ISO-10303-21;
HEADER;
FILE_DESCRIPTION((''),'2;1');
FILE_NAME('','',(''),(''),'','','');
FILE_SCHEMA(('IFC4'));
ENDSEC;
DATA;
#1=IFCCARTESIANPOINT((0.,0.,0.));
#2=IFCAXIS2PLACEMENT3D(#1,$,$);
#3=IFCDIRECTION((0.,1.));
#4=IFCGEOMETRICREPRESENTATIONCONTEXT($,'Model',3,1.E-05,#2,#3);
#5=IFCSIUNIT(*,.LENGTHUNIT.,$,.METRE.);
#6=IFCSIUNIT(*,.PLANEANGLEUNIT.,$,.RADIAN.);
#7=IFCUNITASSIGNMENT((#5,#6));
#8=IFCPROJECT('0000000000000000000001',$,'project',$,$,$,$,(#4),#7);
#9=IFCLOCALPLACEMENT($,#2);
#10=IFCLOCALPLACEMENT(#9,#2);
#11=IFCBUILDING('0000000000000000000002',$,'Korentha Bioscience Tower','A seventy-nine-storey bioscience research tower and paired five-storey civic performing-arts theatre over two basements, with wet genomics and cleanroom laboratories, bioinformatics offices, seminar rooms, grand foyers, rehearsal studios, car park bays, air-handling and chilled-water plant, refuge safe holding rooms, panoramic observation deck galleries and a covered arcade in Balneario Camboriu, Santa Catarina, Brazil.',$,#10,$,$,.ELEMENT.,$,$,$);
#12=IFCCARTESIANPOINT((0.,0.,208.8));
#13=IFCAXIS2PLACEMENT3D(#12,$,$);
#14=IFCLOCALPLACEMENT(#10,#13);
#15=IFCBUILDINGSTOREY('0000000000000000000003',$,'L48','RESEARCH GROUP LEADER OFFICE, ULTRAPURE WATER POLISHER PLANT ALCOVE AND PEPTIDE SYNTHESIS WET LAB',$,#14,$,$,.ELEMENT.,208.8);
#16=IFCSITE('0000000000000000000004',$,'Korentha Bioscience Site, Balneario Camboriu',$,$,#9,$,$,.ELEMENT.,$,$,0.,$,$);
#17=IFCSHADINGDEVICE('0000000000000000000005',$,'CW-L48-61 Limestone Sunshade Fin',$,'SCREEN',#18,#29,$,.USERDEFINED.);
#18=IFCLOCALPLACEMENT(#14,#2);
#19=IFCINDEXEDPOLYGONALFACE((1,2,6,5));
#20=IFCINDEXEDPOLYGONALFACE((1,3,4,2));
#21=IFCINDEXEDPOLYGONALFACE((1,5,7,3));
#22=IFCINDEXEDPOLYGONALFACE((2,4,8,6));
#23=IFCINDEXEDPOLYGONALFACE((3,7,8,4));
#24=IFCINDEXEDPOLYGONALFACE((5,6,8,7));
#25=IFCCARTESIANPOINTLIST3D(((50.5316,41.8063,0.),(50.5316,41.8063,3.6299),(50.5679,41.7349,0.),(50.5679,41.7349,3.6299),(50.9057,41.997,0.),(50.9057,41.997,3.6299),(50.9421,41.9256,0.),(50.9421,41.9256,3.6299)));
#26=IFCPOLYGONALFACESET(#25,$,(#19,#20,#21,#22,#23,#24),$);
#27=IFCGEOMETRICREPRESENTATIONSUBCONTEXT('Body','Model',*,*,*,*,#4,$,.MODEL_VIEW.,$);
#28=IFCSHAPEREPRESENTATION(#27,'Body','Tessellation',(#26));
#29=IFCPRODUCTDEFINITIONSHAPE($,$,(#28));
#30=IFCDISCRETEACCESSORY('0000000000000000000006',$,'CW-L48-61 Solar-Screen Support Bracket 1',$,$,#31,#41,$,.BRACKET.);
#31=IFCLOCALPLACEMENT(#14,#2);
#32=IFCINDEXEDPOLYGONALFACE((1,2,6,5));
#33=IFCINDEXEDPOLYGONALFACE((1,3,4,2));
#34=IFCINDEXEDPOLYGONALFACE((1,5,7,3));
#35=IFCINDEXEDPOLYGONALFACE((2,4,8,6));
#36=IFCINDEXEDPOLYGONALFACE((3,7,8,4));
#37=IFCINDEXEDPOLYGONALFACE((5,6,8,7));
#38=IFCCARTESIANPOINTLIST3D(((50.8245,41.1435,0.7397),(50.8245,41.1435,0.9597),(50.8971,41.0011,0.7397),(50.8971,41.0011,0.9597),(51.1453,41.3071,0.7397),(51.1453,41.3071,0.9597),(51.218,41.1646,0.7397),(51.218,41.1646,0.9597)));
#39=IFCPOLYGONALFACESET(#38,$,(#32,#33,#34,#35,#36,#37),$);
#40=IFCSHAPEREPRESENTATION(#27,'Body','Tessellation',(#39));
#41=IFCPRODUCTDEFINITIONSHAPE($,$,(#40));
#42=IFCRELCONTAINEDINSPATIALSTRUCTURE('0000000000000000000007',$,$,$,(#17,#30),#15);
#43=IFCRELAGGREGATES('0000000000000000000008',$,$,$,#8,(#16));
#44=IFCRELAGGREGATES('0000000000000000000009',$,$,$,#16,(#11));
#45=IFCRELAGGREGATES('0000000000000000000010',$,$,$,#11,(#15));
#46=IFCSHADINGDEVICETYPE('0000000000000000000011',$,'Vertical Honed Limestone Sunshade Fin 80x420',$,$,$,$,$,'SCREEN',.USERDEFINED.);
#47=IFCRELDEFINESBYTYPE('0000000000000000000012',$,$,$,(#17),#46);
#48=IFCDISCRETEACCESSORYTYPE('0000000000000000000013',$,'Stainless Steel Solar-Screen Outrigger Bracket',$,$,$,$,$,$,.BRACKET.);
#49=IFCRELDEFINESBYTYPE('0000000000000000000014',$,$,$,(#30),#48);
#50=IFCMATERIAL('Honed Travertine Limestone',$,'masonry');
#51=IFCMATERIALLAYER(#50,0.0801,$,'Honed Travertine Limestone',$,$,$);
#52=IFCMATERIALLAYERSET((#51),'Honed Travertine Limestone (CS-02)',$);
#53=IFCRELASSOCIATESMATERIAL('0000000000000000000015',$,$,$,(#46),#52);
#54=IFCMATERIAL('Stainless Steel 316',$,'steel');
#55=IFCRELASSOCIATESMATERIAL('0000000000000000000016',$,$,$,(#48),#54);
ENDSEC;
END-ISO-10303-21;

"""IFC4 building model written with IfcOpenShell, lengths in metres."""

from ifc_helpers import new_model, si_unit, direction, frame, origin, origin_2d, place, context, subcontext, project, spatial, rectangle, extrude, material, layer, layer_set, type_object, element, save


model = new_model("IFC4")

# Units and contexts
model_context = context("Model", 3, precision=1e-05, world=origin(), true_north=direction((0.0, 1.0)))
body_context = subcontext(model_context, "Body", "Model", "MODEL_VIEW")
ifc_project = project(units=[si_unit("LENGTHUNIT", "METRE"), si_unit("PLANEANGLEUNIT", "RADIAN")], contexts=[model_context])

# Site, building, storey
site_placement = place(None, origin())
site = spatial("IfcSite", under=ifc_project, at=site_placement, Name="Korentha Bioscience Site, Balneario Camboriu", CompositionType="ELEMENT", RefElevation=0.0)
building_placement = place(site_placement, origin())
building = spatial("IfcBuilding", under=site, at=building_placement, Name="Korentha Bioscience Tower", Description="A seventy-nine-storey bioscience research tower and paired five-storey civic performing-arts theatre over two basements, with wet genomics and cleanroom laboratories, bioinformatics offices, seminar rooms, grand foyers, rehearsal studios, car park bays, air-handling and chilled-water plant, refuge safe holding rooms, panoramic observation deck galleries and a covered arcade in Balneario Camboriu, Santa Catarina, Brazil.", CompositionType="ELEMENT")
storey_placement = place(building_placement, frame((0.0, 0.0, 208.8)))
storey = spatial("IfcBuildingStorey", under=building, at=storey_placement, Name="L48", Description="RESEARCH GROUP LEADER OFFICE, ULTRAPURE WATER POLISHER PLANT ALCOVE AND PEPTIDE SYNTHESIS WET LAB", CompositionType="ELEMENT", Elevation=208.8)

# Shading device
ifc_material_1 = material(Name="Honed Travertine Limestone", Category="masonry")
ifc_layer_1 = layer(ifc_material_1, 0.0801, Name="Honed Travertine Limestone")
ifc_layer_set_1 = layer_set([ifc_layer_1], Name="Honed Travertine Limestone (CS-02)")
shading_device_type_1 = type_object("IfcShadingDeviceType", Name="Vertical Honed Limestone Sunshade Fin 80x420", ElementType="SCREEN", PredefinedType="USERDEFINED", material=ifc_layer_set_1)
shading_device_1_placement = place(storey_placement, frame((50.7368, 41.866, 0.0), z_axis=(0.0, 0.0, 1.0), x_axis=(-0.454116, 0.890943, 0.0)))
element("IfcShadingDevice", 1, at=shading_device_1_placement, inside=storey, type_object=shading_device_type_1, Name="CW-L48-61 Limestone Sunshade Fin", ObjectType="SCREEN", PredefinedType="USERDEFINED", context=body_context, shape_type="SweptSolid", body=[
    extrude(rectangle(XDim=0.0801, YDim=0.4199, at=origin_2d()), origin(), (0.0, 0.0, 1.0), 3.6299),
])

# Discrete accessory
ifc_material_2 = material(Name="Stainless Steel 316", Category="steel")
discrete_accessory_type = type_object("IfcDiscreteAccessoryType", Name="Stainless Steel Solar-Screen Outrigger Bracket", PredefinedType="BRACKET", material=ifc_material_2)
discrete_accessory_placement = place(storey_placement, frame((51.0212, 41.1541, 0.7397), z_axis=(0.0, 0.0, 1.0), x_axis=(-0.454116, 0.890943, 0.0)))
element("IfcDiscreteAccessory", 2, at=discrete_accessory_placement, inside=storey, type_object=discrete_accessory_type, Name="CW-L48-61 Solar-Screen Support Bracket 1", PredefinedType="BRACKET", context=body_context, shape_type="SweptSolid", body=[
    extrude(rectangle(XDim=0.1599, YDim=0.3601, at=origin_2d()), origin(), (0.0, 0.0, 1.0), 0.22),
])

save(model, "model.ifc")
